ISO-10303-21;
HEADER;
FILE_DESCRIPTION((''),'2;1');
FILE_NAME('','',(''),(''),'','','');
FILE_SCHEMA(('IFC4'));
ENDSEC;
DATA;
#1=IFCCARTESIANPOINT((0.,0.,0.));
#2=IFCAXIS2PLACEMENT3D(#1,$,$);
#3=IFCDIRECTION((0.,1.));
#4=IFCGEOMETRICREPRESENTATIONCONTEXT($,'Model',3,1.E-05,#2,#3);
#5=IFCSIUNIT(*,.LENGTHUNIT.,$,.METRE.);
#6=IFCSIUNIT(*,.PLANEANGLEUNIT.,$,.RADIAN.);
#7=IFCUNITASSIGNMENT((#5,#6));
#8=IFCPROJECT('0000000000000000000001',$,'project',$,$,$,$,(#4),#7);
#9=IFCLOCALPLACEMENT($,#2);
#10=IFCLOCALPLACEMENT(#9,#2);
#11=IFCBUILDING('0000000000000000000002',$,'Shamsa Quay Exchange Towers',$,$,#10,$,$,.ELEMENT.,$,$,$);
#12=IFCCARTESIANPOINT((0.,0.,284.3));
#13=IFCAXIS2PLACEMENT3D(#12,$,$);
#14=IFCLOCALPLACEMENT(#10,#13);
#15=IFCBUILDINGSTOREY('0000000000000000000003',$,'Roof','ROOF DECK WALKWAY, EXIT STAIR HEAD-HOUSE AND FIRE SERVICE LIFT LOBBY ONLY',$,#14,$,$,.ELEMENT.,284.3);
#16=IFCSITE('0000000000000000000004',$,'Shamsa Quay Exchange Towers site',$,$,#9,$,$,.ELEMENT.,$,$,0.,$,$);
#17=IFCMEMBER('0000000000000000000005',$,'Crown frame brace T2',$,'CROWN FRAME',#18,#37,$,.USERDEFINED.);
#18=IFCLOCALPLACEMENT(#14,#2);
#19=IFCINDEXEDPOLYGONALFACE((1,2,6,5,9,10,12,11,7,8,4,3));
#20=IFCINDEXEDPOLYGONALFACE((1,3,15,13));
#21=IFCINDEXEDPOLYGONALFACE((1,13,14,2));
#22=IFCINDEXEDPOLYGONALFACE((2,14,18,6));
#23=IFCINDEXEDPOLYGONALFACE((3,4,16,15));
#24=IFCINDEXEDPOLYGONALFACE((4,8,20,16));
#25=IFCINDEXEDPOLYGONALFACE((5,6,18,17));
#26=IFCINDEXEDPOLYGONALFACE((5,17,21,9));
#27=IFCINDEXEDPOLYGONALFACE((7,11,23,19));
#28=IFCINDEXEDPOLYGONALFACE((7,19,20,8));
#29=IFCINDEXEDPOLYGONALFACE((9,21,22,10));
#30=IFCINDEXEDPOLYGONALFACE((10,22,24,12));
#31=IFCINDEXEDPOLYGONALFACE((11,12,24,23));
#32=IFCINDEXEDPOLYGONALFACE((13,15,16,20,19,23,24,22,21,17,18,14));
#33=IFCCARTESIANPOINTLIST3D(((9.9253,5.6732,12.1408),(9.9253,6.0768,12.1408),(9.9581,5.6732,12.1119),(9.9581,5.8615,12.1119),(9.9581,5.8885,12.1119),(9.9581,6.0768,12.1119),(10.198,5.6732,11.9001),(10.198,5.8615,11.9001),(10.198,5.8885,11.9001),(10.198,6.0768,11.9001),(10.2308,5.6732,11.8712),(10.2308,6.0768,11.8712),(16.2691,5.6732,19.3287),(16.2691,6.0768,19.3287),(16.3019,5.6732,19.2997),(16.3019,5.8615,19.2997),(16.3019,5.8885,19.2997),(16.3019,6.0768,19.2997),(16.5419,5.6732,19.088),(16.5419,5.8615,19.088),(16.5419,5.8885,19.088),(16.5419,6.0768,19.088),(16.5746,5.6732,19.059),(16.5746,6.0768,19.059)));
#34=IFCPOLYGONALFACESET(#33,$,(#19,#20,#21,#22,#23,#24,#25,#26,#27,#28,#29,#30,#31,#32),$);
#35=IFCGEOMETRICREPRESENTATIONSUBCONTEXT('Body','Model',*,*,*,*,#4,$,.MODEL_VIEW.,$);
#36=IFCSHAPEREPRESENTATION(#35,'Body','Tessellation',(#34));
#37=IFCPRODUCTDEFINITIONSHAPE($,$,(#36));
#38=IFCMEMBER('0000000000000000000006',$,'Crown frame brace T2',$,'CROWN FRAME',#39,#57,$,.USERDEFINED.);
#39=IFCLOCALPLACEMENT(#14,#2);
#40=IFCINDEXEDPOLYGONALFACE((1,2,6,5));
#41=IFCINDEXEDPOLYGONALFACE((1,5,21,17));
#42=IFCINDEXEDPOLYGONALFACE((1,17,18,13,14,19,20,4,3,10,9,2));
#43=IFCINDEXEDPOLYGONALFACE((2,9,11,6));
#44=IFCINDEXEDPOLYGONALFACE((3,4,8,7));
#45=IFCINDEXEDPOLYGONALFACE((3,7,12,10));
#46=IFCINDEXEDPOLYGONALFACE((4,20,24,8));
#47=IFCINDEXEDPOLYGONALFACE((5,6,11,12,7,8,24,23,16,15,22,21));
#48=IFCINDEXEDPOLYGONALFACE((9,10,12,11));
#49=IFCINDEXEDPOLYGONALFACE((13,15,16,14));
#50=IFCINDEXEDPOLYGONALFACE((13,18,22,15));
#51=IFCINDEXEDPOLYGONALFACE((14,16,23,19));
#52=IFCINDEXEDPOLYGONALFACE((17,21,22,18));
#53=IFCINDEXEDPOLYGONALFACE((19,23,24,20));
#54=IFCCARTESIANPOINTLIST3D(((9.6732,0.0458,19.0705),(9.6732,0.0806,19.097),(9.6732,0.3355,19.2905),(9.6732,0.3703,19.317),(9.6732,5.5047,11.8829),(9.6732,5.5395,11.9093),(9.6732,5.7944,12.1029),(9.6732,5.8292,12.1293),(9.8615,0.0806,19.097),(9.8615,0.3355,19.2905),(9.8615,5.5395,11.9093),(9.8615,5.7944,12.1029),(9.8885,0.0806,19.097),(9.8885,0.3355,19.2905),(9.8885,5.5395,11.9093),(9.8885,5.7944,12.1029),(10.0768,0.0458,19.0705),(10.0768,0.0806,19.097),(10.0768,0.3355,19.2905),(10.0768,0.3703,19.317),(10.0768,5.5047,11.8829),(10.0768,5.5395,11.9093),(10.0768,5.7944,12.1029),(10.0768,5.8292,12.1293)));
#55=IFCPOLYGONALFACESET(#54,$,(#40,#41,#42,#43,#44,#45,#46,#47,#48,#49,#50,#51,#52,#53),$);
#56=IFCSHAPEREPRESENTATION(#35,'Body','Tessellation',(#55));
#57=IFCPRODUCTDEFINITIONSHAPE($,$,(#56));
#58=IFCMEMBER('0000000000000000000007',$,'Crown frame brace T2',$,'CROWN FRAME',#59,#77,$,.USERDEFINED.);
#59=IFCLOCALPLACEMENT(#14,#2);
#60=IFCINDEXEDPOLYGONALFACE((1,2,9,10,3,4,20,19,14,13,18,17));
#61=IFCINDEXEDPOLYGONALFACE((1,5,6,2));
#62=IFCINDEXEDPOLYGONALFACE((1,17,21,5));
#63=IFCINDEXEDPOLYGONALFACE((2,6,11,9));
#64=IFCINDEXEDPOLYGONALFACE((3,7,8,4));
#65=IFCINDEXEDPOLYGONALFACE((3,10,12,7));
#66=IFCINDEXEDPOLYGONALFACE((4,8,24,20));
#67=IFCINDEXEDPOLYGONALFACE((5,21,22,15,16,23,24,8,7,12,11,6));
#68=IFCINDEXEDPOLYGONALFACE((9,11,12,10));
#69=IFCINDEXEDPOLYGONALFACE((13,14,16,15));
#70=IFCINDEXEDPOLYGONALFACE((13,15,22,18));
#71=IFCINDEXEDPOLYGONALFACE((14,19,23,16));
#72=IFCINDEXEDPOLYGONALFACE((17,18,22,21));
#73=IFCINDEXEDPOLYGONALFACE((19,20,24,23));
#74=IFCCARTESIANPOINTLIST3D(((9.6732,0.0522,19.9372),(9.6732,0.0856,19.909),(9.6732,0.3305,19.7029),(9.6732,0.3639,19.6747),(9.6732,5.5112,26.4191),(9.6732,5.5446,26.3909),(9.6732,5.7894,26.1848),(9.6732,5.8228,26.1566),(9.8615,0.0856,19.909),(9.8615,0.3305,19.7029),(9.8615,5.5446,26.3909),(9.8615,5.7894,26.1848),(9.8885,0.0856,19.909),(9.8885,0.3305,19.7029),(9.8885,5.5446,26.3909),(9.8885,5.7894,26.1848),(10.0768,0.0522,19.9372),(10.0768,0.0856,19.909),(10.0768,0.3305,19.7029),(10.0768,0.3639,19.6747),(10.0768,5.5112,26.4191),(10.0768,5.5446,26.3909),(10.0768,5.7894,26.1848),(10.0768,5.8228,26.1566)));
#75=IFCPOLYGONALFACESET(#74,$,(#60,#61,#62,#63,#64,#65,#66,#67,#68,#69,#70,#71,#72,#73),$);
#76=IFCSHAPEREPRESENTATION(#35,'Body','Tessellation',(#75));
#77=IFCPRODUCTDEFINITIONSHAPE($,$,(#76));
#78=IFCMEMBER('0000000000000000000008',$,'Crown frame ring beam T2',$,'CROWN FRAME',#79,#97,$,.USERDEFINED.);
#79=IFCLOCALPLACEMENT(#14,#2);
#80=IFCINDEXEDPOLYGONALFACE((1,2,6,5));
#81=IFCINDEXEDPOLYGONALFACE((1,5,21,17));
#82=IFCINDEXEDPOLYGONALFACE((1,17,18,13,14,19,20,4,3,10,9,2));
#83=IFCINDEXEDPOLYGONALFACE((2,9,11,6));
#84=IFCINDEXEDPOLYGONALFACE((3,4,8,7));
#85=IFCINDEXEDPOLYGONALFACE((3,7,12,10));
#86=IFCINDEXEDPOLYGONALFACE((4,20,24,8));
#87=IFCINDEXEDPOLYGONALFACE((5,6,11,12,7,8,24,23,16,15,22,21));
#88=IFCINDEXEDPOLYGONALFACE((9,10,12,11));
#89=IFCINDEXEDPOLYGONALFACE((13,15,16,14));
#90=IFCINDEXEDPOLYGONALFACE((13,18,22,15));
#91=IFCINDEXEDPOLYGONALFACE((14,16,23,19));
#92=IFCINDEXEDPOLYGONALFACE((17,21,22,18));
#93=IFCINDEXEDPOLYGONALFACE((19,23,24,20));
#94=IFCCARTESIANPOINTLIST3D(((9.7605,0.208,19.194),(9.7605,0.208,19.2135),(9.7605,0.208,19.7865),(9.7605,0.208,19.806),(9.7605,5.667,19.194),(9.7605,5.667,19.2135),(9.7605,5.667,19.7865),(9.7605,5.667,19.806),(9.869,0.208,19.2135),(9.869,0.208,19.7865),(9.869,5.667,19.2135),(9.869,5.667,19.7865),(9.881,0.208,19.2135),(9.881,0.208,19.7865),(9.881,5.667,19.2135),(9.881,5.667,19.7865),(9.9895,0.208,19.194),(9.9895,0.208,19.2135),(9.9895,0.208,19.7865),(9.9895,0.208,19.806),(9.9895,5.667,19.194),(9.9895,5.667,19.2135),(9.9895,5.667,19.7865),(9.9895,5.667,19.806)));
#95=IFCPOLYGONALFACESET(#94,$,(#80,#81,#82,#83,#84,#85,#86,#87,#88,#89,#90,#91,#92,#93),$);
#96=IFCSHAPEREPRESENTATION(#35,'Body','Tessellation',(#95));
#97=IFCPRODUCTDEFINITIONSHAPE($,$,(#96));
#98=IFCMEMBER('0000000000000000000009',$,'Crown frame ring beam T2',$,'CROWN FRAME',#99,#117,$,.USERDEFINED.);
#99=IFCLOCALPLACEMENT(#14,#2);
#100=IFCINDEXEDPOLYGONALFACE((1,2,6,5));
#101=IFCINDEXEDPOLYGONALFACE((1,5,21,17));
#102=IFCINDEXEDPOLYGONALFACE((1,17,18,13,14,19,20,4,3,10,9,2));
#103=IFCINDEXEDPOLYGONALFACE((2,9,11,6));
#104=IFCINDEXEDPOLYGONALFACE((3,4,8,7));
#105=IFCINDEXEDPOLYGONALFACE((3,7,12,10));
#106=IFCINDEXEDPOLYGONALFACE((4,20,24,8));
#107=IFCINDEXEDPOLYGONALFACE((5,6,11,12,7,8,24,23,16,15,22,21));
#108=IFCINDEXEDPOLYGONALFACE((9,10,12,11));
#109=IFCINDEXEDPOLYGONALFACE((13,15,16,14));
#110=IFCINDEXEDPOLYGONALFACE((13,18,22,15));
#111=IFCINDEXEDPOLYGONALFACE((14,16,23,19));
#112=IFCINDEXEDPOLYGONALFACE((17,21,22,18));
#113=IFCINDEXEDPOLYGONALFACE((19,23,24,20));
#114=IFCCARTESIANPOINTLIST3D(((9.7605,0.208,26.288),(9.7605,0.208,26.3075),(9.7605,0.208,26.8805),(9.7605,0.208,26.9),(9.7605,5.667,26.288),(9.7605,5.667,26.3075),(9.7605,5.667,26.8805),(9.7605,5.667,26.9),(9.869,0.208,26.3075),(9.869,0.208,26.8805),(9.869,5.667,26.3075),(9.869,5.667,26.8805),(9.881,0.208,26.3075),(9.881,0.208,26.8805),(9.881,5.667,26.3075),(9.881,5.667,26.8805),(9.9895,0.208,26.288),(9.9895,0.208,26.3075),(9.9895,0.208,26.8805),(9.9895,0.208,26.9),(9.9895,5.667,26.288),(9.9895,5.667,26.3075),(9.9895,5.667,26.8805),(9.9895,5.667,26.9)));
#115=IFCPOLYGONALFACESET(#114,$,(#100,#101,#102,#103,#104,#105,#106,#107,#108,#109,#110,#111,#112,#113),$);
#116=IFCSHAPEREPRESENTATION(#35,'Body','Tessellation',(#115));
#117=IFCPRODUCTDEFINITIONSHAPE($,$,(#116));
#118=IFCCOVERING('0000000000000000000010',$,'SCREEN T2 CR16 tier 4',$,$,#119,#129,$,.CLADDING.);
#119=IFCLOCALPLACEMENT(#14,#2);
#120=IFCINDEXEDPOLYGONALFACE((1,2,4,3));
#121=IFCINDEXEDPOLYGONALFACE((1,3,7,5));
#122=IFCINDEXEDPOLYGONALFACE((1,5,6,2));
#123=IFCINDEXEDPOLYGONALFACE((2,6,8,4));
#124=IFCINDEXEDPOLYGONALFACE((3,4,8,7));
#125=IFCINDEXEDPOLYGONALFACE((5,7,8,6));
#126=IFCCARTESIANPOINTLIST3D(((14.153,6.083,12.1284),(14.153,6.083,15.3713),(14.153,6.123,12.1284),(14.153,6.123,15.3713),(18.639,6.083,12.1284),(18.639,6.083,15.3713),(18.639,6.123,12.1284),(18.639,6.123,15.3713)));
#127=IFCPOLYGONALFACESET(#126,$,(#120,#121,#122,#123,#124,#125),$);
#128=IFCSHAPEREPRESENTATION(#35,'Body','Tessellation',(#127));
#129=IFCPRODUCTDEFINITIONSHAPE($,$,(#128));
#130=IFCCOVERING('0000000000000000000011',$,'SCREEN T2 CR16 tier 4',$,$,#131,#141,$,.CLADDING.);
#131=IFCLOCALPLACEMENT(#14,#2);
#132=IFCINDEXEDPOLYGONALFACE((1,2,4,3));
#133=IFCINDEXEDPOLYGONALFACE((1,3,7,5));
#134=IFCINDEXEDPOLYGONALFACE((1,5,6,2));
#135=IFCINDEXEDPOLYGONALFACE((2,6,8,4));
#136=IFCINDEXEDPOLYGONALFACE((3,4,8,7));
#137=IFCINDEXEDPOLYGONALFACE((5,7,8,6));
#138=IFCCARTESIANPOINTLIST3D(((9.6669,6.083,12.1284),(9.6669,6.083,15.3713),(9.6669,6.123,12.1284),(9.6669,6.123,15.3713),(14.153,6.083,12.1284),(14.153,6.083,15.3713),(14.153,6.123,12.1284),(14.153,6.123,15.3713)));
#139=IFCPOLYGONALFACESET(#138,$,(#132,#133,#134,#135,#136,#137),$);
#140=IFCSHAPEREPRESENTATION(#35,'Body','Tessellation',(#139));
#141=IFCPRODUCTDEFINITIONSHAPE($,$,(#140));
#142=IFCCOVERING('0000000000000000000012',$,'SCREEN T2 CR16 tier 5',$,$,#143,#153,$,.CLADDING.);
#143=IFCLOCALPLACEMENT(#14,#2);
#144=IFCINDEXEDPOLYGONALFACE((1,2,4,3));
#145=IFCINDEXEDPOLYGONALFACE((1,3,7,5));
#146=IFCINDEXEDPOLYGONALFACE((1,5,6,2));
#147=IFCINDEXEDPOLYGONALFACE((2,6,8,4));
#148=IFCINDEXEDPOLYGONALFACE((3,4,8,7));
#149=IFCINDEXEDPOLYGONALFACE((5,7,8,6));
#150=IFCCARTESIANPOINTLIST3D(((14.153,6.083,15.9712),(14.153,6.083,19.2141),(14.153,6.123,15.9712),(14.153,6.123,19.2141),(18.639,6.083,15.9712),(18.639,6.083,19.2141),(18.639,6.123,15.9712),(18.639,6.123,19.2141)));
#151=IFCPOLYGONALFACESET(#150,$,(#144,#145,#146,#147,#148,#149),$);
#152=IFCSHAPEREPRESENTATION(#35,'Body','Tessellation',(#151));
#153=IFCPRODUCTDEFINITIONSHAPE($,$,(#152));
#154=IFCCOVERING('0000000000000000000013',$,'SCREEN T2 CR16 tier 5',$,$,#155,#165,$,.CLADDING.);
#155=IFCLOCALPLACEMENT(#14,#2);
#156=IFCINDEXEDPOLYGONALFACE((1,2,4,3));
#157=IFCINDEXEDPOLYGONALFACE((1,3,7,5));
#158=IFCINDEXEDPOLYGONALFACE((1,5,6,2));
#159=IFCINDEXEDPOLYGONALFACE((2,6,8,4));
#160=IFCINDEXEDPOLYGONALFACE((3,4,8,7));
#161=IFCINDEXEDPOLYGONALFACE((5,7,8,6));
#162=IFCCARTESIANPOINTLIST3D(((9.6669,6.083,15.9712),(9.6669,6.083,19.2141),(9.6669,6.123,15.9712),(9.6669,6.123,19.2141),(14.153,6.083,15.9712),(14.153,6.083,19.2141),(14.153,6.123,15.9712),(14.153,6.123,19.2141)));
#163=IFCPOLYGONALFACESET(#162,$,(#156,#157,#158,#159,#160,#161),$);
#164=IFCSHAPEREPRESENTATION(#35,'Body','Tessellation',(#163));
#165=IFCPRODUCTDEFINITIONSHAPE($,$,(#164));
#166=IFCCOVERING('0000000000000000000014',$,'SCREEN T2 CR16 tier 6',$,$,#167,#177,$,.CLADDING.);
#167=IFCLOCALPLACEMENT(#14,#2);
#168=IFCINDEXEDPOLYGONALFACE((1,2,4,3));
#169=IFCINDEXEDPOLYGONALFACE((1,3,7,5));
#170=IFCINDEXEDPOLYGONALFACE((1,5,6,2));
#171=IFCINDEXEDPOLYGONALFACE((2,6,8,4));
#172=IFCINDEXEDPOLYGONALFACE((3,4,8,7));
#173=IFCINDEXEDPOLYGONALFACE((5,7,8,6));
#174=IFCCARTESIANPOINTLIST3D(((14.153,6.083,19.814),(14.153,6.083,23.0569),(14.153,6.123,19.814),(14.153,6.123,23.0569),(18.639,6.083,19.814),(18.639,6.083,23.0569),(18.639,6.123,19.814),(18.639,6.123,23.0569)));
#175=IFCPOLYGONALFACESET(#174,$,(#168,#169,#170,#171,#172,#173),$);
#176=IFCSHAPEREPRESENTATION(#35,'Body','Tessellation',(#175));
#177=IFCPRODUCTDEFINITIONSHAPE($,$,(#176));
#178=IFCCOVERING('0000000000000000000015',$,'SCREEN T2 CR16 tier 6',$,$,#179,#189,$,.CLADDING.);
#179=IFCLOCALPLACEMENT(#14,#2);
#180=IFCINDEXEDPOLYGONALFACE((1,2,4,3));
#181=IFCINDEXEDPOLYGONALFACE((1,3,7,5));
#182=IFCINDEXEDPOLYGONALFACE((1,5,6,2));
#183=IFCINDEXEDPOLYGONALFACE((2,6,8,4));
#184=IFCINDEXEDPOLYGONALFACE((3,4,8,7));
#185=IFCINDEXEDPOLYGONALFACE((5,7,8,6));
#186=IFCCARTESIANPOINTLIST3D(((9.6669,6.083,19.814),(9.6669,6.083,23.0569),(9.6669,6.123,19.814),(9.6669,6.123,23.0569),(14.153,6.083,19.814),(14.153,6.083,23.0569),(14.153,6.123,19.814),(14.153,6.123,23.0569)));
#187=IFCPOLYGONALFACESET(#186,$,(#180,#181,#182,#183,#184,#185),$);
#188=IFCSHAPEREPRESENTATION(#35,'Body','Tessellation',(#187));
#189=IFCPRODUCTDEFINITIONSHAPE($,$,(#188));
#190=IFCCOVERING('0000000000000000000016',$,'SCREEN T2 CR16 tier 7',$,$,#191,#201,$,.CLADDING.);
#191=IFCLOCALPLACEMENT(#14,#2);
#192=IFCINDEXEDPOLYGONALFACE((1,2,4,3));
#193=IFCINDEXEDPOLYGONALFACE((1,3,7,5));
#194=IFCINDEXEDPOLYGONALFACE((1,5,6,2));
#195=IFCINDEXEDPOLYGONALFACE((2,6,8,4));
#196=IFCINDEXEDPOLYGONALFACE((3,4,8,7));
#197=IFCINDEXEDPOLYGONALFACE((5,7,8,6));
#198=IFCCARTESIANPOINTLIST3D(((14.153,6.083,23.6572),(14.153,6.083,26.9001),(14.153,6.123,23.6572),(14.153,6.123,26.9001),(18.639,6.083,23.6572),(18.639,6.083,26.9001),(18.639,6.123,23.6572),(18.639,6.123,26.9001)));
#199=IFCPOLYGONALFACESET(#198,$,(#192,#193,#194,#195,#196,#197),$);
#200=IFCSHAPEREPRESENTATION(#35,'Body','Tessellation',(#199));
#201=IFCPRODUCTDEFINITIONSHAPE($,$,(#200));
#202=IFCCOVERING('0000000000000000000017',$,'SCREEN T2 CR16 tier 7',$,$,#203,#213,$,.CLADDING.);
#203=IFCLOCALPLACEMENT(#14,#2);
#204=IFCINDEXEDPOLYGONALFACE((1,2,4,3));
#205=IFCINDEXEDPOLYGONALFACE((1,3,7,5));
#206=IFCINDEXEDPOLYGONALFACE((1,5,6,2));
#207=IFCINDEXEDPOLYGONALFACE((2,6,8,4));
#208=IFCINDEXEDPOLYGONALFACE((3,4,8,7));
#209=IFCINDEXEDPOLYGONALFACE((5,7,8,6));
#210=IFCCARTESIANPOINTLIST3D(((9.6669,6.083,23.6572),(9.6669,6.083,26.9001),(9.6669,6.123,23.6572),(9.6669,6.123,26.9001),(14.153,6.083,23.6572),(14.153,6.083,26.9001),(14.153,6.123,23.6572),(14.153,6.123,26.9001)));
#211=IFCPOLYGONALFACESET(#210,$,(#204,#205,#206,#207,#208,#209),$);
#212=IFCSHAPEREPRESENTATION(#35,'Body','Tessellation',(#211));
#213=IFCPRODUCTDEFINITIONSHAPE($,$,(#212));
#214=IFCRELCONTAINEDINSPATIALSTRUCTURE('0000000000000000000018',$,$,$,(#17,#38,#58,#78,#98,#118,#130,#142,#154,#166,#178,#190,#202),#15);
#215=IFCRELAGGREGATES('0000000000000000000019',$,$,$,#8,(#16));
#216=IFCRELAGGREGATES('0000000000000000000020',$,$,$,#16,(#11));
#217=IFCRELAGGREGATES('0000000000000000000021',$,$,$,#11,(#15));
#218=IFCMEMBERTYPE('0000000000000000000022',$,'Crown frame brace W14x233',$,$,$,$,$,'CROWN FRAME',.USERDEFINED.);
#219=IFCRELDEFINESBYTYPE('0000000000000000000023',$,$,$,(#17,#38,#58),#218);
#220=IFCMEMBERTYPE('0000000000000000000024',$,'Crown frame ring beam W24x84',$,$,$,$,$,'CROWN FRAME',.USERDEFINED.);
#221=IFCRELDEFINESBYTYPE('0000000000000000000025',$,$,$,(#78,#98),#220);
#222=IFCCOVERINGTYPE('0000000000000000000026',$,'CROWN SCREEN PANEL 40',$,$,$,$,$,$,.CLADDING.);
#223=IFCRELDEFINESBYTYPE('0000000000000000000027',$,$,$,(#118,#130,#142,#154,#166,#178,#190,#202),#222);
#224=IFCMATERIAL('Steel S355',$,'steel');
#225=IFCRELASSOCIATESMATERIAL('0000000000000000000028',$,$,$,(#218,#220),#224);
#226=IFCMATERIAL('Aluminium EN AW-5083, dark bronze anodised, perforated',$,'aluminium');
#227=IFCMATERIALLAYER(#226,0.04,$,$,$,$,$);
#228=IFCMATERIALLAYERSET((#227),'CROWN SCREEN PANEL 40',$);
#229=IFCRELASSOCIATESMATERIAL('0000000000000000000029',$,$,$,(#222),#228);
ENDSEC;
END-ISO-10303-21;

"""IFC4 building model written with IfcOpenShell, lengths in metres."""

from ifc_helpers import new_model, si_unit, direction, frame, origin, origin_2d, place, context, subcontext, project, spatial, rectangle, i_section, extrude, material, layer, layer_set, material_profile, profile_set, type_object, element, save


model = new_model("IFC4")

# Units and contexts
model_context = context("Model", 3, precision=1e-05, world=origin(), true_north=direction((0.0, 1.0)))
body_context = subcontext(model_context, "Body", "Model", "MODEL_VIEW")
ifc_project = project(units=[si_unit("LENGTHUNIT", "METRE"), si_unit("PLANEANGLEUNIT", "RADIAN")], contexts=[model_context])

# Site, building, storey
site_placement = place(None, origin())
site = spatial("IfcSite", under=ifc_project, at=site_placement, Name="Shamsa Quay Exchange Towers site", CompositionType="ELEMENT", RefElevation=0.0)
building_placement = place(site_placement, origin())
building = spatial("IfcBuilding", under=site, at=building_placement, Name="Shamsa Quay Exchange Towers", CompositionType="ELEMENT")
storey_placement = place(building_placement, frame((0.0, 0.0, 284.3)))
storey = spatial("IfcBuildingStorey", under=building, at=storey_placement, Name="Roof", Description="ROOF DECK WALKWAY, EXIT STAIR HEAD-HOUSE AND FIRE SERVICE LIFT LOBBY ONLY", CompositionType="ELEMENT", Elevation=284.3)

# Members
ifc_material_1 = material(Name="Steel S355", Category="steel")
ifc_material_profile_1 = material_profile(ifc_material_1, i_section(OverallWidth=0.4036, OverallDepth=0.4075, WebThickness=0.0271, FlangeThickness=0.0437, at=origin_2d()), Name="W14x233")
ifc_profile_set_1 = profile_set([ifc_material_profile_1], Name="Steel S355")
member_type_1 = type_object("IfcMemberType", Name="Crown frame brace W14x233", ElementType="CROWN FRAME", PredefinedType="USERDEFINED", material=ifc_profile_set_1)
member_1_placement = place(storey_placement, frame((16.4219, 5.875, 19.1938), z_axis=(-0.661717, 0.0, -0.749754), x_axis=(0.0, -1.0, 0.0)))
element("IfcMember", 1, at=member_1_placement, inside=storey, type_object=member_type_1, Name="Crown frame brace T2", ObjectType="CROWN FRAME", PredefinedType="USERDEFINED", context=body_context, shape_type="SweptSolid", body=[
    extrude(i_section(OverallWidth=0.4036, OverallDepth=0.4075, WebThickness=0.0271, FlangeThickness=0.0437, at=origin_2d()), origin(), (0.0, 0.0, 1.0), 9.5869),
])
member_2_placement = place(storey_placement, frame((9.875, 5.667, 12.0061), z_axis=(0.0, -0.604823, 0.79636), x_axis=(1.0, 0.0, 0.0)))
element("IfcMember", 2, at=member_2_placement, inside=storey, type_object=member_type_1, Name="Crown frame brace T2", ObjectType="CROWN FRAME", PredefinedType="USERDEFINED", context=body_context, shape_type="SweptSolid", body=[
    extrude(i_section(OverallWidth=0.4036, OverallDepth=0.4075, WebThickness=0.0271, FlangeThickness=0.0437, at=origin_2d()), origin(), (0.0, 0.0, 1.0), 9.0256),
])
member_3_placement = place(storey_placement, frame((9.875, 5.667, 26.2878), z_axis=(0.0, -0.644171, -0.764881), x_axis=(1.0, 0.0, 0.0)))
element("IfcMember", 3, at=member_3_placement, inside=storey, type_object=member_type_1, Name="Crown frame brace T2", ObjectType="CROWN FRAME", PredefinedType="USERDEFINED", context=body_context, shape_type="SweptSolid", body=[
    extrude(i_section(OverallWidth=0.4036, OverallDepth=0.4075, WebThickness=0.0271, FlangeThickness=0.0437, at=origin_2d()), origin(), (0.0, 0.0, 1.0), 8.4744),
])
ifc_material_profile_2 = material_profile(ifc_material_1, i_section(OverallWidth=0.229, OverallDepth=0.6121, WebThickness=0.012, FlangeThickness=0.0195, at=origin_2d()), Name="W24x84")
ifc_profile_set_2 = profile_set([ifc_material_profile_2], Name="Steel S355")
member_type_2 = type_object("IfcMemberType", Name="Crown frame ring beam W24x84", ElementType="CROWN FRAME", PredefinedType="USERDEFINED", material=ifc_profile_set_2)
for number, where, z_axis, x_axis, name in (
    (4, (9.875, 5.667, 19.5), (0.0, -1.0, 0.0), (1.0, 0.0, 0.0), "Crown frame ring beam T2"),
    (5, (9.875, 5.667, 26.594), (0.0, -1.0, 0.0), (1.0, 0.0, 0.0), "Crown frame ring beam T2"),
):
    element("IfcMember", number, at=place(storey_placement, frame(where, z_axis=z_axis, x_axis=x_axis)), inside=storey, type_object=member_type_2, Name=name, ObjectType="CROWN FRAME", PredefinedType="USERDEFINED", context=body_context, shape_type="SweptSolid", body=[
        extrude(i_section(OverallWidth=0.229, OverallDepth=0.6121, WebThickness=0.012, FlangeThickness=0.0195, at=origin_2d()), origin(), (0.0, 0.0, 1.0), 5.459),
    ])

# Coverings
ifc_material_2 = material(Name="Aluminium EN AW-5083, dark bronze anodised, perforated", Category="aluminium")
ifc_layer = layer(ifc_material_2, 0.04)
ifc_layer_set = layer_set([ifc_layer], Name="CROWN SCREEN PANEL 40")
covering_type = type_object("IfcCoveringType", Name="CROWN SCREEN PANEL 40", PredefinedType="CLADDING", material=ifc_layer_set)
for number, where, z_axis, x_axis, name in (
    (6, (16.396, 6.103, 12.1284), (0.0, 0.0, 1.0), (-1.0, 0.0, 0.0), "SCREEN T2 CR16 tier 4"),
    (7, (11.9099, 6.103, 12.1284), (0.0, 0.0, 1.0), (-1.0, 0.0, 0.0), "SCREEN T2 CR16 tier 4"),
    (8, (16.396, 6.103, 15.9712), (0.0, 0.0, 1.0), (-1.0, 0.0, 0.0), "SCREEN T2 CR16 tier 5"),
    (9, (11.9099, 6.103, 15.9712), (0.0, 0.0, 1.0), (-1.0, 0.0, 0.0), "SCREEN T2 CR16 tier 5"),
    (10, (16.396, 6.103, 19.814), (0.0, 0.0, 1.0), (-1.0, 0.0, 0.0), "SCREEN T2 CR16 tier 6"),
    (11, (11.9099, 6.103, 19.814), (0.0, 0.0, 1.0), (-1.0, 0.0, 0.0), "SCREEN T2 CR16 tier 6"),
    (12, (16.396, 6.103, 23.6572), (0.0, 0.0, 1.0), (-1.0, 0.0, 0.0), "SCREEN T2 CR16 tier 7"),
    (13, (11.9099, 6.103, 23.6572), (0.0, 0.0, 1.0), (-1.0, 0.0, 0.0), "SCREEN T2 CR16 tier 7"),
):
    element("IfcCovering", number, at=place(storey_placement, frame(where, z_axis=z_axis, x_axis=x_axis)), inside=storey, type_object=covering_type, Name=name, PredefinedType="CLADDING", context=body_context, shape_type="SweptSolid", body=[
        extrude(rectangle(XDim=4.4861, YDim=0.04, at=origin_2d()), origin(), (0.0, 0.0, 1.0), 3.2429),
    ])

save(model, "model.ifc")
